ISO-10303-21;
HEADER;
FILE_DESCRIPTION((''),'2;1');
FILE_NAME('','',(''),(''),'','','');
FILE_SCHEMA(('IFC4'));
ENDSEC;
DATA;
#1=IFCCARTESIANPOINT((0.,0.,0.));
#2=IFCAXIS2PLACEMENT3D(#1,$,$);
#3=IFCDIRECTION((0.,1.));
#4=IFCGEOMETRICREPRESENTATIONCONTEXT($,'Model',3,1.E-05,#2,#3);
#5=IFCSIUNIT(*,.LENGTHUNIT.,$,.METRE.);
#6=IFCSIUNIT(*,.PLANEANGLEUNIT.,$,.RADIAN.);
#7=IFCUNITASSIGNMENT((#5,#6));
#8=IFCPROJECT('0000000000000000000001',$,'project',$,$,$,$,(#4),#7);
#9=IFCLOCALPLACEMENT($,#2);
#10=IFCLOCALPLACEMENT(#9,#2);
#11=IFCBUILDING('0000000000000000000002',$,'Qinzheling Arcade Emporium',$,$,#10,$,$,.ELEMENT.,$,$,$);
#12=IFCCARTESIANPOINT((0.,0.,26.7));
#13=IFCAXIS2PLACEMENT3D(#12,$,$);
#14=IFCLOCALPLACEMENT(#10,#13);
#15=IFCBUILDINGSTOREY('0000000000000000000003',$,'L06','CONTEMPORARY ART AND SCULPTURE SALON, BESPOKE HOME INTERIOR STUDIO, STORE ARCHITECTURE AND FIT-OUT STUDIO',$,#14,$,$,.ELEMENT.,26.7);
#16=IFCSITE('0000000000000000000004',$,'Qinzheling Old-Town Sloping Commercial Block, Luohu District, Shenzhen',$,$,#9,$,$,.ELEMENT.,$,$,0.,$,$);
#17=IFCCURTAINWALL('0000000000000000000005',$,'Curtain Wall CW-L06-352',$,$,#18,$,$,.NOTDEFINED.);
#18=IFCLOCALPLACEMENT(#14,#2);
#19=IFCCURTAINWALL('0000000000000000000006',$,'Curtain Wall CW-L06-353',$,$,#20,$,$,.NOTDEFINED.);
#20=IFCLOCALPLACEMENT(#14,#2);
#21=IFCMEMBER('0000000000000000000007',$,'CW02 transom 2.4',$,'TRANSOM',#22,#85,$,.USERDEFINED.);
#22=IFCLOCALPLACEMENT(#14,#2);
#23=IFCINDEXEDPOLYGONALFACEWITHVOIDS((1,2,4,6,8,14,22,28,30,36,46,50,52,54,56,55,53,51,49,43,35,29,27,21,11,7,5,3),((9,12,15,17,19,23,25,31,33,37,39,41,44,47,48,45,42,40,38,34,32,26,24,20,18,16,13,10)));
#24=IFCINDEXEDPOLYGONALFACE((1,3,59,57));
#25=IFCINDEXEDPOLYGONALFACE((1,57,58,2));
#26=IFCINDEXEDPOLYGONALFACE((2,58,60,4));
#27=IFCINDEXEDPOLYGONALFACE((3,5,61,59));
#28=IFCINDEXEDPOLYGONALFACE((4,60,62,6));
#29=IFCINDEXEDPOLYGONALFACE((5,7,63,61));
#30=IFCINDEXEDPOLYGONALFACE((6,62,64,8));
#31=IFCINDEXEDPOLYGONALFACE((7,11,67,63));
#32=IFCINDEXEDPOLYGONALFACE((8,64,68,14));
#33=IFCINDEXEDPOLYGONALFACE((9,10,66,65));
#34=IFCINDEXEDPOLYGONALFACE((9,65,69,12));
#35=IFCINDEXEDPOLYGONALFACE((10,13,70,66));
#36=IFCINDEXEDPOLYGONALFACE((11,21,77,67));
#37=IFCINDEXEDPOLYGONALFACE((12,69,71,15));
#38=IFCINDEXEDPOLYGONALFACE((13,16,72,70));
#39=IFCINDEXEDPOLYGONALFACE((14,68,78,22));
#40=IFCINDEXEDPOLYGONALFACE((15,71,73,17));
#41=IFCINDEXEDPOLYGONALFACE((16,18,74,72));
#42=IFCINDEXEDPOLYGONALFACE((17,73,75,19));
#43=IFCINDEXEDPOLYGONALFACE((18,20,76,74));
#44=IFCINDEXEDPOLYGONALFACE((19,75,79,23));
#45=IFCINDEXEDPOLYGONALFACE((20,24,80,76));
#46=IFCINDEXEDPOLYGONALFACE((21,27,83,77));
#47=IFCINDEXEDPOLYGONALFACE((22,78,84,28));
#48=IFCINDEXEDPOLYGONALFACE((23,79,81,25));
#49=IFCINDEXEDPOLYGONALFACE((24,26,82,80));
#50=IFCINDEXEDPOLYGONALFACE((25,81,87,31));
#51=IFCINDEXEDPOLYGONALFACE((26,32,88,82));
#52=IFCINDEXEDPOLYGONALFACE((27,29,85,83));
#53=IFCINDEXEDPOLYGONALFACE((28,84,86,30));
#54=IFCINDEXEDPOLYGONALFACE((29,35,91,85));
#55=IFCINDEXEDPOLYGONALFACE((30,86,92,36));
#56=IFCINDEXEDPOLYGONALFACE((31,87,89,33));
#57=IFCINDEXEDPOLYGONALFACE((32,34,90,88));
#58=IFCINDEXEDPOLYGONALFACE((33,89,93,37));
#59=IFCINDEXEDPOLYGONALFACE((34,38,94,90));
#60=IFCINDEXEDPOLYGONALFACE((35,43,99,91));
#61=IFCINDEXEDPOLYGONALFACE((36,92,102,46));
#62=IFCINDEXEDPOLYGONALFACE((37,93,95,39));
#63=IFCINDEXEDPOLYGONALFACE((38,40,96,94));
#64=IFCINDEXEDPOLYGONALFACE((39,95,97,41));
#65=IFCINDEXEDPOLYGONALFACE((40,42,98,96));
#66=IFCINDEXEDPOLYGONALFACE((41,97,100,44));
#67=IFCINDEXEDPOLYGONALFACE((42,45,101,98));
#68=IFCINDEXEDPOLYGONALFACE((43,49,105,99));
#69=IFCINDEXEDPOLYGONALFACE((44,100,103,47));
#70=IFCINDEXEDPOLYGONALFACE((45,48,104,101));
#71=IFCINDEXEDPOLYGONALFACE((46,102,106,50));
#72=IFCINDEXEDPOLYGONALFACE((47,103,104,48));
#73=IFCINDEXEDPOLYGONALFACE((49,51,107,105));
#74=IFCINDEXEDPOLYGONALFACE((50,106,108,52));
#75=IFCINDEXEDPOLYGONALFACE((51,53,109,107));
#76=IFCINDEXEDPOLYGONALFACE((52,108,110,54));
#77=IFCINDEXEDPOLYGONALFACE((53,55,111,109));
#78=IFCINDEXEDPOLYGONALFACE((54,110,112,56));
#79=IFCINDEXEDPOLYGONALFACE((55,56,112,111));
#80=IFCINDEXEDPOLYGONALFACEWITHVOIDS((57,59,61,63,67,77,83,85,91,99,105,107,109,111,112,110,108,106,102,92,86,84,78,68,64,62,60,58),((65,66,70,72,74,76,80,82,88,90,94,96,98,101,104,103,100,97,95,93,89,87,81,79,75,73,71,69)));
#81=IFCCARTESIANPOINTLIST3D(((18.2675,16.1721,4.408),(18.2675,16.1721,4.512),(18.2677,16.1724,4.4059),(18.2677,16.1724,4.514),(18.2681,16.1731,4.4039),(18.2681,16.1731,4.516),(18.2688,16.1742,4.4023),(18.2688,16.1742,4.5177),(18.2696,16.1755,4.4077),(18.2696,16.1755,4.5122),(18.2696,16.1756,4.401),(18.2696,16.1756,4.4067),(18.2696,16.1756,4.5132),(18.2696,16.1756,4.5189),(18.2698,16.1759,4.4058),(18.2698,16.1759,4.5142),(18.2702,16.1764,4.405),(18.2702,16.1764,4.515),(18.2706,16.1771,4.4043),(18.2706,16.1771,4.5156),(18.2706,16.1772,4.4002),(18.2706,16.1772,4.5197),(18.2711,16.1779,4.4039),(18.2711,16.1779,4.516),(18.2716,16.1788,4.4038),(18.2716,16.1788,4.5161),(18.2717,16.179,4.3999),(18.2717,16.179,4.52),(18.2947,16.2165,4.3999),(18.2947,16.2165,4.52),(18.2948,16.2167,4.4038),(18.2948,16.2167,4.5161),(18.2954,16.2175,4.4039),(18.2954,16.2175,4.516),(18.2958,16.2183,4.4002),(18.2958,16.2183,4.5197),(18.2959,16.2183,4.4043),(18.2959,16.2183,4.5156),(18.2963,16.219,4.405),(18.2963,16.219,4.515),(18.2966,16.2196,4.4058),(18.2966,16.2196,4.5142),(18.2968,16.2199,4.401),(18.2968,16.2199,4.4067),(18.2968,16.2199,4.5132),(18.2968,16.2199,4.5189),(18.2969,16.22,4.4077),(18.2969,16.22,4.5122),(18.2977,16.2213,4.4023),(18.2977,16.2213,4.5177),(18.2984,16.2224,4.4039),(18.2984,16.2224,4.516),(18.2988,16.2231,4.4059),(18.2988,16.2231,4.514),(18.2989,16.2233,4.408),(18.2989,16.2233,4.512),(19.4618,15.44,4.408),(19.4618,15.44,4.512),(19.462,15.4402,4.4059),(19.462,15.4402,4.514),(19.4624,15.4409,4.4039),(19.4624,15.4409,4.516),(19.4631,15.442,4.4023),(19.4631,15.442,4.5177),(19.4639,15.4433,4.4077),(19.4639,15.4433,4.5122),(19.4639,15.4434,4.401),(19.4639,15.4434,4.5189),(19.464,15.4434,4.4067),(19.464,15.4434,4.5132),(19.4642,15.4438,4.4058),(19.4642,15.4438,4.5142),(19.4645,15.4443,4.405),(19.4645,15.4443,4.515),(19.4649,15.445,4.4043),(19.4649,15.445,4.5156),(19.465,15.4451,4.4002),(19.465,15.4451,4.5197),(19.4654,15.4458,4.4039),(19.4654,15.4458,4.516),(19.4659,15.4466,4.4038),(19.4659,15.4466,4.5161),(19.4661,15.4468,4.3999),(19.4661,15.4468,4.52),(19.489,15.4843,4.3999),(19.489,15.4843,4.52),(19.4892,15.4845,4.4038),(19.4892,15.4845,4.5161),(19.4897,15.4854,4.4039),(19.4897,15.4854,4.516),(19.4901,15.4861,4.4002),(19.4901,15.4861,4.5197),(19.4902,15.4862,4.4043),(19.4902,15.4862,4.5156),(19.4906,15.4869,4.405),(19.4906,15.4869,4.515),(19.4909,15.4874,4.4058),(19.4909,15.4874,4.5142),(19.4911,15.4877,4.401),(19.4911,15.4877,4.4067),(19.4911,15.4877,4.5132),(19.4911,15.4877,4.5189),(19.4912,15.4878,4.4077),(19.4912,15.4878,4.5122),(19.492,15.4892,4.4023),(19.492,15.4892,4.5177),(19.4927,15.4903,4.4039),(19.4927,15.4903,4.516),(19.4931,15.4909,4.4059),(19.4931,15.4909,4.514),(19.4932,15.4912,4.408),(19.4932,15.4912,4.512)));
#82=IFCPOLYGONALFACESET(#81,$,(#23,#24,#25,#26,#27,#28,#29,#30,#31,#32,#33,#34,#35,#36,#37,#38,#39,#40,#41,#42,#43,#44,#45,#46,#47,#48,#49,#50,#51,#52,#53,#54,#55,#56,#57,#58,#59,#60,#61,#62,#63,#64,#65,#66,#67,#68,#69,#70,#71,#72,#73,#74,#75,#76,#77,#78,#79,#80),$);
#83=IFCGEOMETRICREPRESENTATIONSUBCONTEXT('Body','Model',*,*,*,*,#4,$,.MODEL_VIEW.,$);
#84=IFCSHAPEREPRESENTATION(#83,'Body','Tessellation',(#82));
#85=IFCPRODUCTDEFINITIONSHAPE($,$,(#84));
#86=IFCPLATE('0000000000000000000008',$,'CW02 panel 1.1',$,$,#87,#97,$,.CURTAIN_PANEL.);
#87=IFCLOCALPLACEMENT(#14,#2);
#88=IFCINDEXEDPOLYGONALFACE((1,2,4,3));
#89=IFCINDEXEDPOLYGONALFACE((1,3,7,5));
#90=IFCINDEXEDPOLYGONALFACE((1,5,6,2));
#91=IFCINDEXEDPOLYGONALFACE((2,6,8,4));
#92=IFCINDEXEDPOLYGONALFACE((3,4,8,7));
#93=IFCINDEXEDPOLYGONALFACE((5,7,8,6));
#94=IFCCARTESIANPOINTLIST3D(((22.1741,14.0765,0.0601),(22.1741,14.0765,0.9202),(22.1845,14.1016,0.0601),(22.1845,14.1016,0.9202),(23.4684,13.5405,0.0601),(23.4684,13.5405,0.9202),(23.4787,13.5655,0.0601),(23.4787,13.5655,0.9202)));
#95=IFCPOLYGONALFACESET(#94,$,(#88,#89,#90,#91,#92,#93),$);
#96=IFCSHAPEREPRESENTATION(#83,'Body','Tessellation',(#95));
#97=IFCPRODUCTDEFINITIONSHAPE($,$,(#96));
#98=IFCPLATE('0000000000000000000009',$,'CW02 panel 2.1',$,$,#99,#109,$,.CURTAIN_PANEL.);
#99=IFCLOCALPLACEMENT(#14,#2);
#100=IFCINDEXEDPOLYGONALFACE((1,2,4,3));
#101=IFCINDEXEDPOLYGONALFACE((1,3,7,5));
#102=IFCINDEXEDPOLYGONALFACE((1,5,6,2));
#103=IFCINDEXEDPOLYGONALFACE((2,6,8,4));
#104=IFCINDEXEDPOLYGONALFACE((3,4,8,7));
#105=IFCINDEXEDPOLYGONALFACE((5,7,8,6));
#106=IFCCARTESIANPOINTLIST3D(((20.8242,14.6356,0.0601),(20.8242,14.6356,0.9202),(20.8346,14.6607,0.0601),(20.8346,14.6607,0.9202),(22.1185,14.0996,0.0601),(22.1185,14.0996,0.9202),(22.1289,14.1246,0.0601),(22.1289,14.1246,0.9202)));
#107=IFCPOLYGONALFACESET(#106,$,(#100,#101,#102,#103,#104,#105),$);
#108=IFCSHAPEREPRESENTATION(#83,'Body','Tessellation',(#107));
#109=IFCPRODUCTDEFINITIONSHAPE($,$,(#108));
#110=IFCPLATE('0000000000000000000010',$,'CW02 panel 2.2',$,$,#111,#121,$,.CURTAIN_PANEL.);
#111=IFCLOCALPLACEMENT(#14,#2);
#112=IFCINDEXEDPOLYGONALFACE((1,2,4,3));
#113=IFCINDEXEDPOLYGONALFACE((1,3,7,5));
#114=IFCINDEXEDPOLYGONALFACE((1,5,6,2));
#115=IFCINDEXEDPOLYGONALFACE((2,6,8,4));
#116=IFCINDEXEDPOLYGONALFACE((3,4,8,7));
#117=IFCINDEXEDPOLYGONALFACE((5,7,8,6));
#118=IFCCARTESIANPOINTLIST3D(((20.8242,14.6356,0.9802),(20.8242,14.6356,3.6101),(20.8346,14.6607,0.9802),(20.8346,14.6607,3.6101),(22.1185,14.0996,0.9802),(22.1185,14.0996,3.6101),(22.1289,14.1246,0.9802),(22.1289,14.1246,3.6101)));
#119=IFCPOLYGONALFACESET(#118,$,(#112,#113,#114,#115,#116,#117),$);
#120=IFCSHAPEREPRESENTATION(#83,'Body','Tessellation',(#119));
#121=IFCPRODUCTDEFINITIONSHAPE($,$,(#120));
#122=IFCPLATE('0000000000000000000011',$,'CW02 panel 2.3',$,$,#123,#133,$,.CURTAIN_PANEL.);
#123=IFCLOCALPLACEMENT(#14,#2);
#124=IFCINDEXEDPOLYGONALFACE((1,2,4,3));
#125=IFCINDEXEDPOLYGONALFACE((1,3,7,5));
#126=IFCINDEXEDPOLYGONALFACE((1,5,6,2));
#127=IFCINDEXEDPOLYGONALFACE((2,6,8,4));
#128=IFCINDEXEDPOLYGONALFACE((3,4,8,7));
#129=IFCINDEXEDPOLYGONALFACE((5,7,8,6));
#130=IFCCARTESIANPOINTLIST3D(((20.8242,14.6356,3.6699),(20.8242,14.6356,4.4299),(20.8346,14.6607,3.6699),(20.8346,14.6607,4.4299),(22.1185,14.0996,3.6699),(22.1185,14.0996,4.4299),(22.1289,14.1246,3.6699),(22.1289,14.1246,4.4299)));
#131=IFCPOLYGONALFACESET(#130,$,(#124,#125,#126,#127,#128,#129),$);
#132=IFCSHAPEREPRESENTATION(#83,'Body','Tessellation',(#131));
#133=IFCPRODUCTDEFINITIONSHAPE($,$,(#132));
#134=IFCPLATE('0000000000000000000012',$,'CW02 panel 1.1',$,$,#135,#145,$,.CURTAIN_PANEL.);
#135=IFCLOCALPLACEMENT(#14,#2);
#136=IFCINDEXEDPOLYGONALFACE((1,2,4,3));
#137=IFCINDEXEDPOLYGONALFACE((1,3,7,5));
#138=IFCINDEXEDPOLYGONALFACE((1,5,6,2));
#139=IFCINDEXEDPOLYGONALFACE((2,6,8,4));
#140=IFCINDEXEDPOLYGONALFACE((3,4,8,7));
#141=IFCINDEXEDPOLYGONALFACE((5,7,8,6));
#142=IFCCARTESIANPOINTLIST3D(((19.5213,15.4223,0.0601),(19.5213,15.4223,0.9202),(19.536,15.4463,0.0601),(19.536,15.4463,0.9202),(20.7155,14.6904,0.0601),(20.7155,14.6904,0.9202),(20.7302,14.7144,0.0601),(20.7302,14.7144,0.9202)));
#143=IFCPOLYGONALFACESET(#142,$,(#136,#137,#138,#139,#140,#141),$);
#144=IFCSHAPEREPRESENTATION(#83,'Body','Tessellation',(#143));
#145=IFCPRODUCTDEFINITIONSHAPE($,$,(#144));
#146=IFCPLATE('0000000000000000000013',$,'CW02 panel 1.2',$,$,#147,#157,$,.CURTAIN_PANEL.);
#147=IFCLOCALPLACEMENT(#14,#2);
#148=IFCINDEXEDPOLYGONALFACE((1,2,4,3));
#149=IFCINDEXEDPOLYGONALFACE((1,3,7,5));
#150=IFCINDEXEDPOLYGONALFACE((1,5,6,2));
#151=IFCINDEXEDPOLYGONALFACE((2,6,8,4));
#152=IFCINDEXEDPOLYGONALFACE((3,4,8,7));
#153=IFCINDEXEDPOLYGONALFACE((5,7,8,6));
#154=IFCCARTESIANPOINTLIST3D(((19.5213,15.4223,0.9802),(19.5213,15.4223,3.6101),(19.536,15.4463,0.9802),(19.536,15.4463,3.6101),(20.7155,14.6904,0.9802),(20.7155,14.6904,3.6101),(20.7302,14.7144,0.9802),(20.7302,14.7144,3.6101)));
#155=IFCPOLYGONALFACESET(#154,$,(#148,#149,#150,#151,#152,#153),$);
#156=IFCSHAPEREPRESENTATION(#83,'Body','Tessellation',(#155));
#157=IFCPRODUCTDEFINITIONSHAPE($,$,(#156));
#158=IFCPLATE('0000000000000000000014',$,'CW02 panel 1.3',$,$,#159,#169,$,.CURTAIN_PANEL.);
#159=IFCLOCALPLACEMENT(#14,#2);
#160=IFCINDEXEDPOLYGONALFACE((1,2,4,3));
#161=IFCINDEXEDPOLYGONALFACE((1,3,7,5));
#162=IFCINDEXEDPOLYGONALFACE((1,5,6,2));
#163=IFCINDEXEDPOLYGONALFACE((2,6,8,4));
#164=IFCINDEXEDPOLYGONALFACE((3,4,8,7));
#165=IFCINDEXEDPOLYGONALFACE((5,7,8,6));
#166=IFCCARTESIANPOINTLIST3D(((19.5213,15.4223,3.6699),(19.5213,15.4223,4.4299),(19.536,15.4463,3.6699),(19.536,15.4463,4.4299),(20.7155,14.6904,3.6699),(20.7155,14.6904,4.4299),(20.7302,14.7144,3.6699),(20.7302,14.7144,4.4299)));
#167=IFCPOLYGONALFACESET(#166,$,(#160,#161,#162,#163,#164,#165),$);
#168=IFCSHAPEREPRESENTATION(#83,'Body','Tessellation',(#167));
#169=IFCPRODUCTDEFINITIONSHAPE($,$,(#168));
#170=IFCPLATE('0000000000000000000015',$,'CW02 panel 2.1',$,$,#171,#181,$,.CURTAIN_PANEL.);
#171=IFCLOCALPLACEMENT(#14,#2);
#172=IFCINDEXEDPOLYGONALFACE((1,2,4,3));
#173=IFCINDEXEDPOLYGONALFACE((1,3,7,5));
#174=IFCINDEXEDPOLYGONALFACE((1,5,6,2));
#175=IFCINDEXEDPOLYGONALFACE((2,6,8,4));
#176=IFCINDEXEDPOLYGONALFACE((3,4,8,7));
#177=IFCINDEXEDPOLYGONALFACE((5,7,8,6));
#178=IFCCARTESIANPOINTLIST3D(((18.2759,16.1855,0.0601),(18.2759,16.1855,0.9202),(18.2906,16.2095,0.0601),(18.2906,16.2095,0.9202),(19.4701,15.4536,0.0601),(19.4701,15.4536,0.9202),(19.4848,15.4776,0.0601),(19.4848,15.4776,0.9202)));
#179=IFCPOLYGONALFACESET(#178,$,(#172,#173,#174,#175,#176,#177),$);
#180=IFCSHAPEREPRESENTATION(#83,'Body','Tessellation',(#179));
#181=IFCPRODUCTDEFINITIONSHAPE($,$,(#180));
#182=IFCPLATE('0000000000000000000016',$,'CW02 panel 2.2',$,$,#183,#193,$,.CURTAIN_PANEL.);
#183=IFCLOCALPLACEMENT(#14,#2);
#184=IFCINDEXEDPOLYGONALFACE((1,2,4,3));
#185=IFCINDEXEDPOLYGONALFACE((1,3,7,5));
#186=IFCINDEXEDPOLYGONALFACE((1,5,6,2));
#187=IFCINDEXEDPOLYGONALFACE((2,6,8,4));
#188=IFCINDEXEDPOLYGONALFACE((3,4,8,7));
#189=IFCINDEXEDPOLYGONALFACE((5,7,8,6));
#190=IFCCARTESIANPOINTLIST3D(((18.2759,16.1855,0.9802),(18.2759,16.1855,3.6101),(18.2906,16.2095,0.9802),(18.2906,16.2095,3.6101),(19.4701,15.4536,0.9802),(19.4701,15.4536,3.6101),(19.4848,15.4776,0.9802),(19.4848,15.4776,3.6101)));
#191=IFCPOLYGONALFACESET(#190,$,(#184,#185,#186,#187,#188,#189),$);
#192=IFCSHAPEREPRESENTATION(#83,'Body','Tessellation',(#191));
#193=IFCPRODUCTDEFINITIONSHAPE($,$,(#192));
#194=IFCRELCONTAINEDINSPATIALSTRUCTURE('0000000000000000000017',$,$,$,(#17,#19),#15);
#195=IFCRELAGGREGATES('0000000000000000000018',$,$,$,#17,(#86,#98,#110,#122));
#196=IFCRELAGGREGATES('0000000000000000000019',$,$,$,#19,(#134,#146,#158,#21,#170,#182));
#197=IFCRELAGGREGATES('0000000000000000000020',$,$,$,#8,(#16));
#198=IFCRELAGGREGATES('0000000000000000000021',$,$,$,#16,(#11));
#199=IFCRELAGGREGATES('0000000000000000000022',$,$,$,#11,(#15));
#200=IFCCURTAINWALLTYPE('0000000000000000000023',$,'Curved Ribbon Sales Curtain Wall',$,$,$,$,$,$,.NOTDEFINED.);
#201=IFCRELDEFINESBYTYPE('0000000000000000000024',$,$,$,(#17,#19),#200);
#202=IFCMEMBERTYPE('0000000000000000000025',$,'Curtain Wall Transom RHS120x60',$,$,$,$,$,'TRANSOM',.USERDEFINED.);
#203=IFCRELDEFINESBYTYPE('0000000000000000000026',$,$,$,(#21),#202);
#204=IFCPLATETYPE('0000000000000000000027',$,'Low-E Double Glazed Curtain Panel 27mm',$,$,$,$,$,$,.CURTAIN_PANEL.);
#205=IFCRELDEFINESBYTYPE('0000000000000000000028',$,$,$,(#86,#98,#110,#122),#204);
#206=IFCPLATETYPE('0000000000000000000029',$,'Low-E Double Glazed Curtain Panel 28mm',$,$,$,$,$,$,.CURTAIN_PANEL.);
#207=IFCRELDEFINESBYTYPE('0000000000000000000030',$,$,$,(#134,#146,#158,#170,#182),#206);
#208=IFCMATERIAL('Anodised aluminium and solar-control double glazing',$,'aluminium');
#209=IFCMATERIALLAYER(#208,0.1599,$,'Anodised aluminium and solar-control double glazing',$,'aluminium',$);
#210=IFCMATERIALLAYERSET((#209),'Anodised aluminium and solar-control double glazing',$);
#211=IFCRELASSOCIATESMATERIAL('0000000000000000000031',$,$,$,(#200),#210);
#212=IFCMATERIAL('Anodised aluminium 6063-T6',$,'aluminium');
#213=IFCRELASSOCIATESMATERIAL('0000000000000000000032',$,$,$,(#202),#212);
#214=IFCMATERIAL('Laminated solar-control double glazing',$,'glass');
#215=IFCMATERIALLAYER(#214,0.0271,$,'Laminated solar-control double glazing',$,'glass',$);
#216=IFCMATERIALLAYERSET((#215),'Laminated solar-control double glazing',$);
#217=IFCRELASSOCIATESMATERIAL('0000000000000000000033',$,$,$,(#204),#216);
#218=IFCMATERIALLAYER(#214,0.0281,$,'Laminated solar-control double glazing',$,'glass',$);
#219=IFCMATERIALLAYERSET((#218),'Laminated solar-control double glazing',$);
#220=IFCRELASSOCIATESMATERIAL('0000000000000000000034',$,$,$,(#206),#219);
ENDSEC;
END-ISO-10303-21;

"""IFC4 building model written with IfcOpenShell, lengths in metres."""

from ifc_helpers import new_model, si_unit, direction, frame, origin, origin_2d, place, context, subcontext, project, spatial, rectangle, hollow_rectangle, extrude, material, layer, layer_set, material_profile, profile_set, type_object, element, aggregate, save


model = new_model("IFC4")

# Units and contexts
model_context = context("Model", 3, precision=1e-05, world=origin(), true_north=direction((0.0, 1.0)))
body_context = subcontext(model_context, "Body", "Model", "MODEL_VIEW")
ifc_project = project(units=[si_unit("LENGTHUNIT", "METRE"), si_unit("PLANEANGLEUNIT", "RADIAN")], contexts=[model_context])

# Site, building, storey
site_placement = place(None, origin())
site = spatial("IfcSite", under=ifc_project, at=site_placement, Name="Qinzheling Old-Town Sloping Commercial Block, Luohu District, Shenzhen", CompositionType="ELEMENT", RefElevation=0.0)
building_placement = place(site_placement, origin())
building = spatial("IfcBuilding", under=site, at=building_placement, Name="Qinzheling Arcade Emporium", CompositionType="ELEMENT")
storey_placement = place(building_placement, frame((0.0, 0.0, 26.7)))
storey = spatial("IfcBuildingStorey", under=building, at=storey_placement, Name="L06", Description="CONTEMPORARY ART AND SCULPTURE SALON, BESPOKE HOME INTERIOR STUDIO, STORE ARCHITECTURE AND FIT-OUT STUDIO", CompositionType="ELEMENT", Elevation=26.7)

# Curtain walls
ifc_material_1 = material(Name="Anodised aluminium and solar-control double glazing", Category="aluminium")
ifc_layer_1 = layer(ifc_material_1, 0.1599, Name="Anodised aluminium and solar-control double glazing", Category="aluminium")
ifc_layer_set_1 = layer_set([ifc_layer_1], Name="Anodised aluminium and solar-control double glazing")
curtain_wall_type = type_object("IfcCurtainWallType", Name="Curved Ribbon Sales Curtain Wall", PredefinedType="NOTDEFINED", material=ifc_layer_set_1)
curtain_wall_1_placement = place(storey_placement, origin())
curtain_wall_1 = element("IfcCurtainWall", 1, at=curtain_wall_1_placement, inside=storey, type_object=curtain_wall_type, Name="Curtain Wall CW-L06-352", PredefinedType="NOTDEFINED")
ifc_material_2 = material(Name="Anodised aluminium 6063-T6", Category="aluminium")
curtain_wall_2_placement = place(storey_placement, origin())
curtain_wall_2 = element("IfcCurtainWall", 2, at=curtain_wall_2_placement, inside=storey, type_object=curtain_wall_type, Name="Curtain Wall CW-L06-353", PredefinedType="NOTDEFINED")

# Member
ifc_material_profile_1 = material_profile(ifc_material_2, hollow_rectangle(XDim=0.0601, YDim=0.1201, WallThickness=0.0039, InnerFilletRadius=0.0039, OuterFilletRadius=0.0081, at=origin_2d()), Name="RHS 120x60x4", Category="aluminium")
ifc_profile_set_1 = profile_set([ifc_material_profile_1], Name="Anodised aluminium 6063-T6")
member_type_1 = type_object("IfcMemberType", Name="Curtain Wall Transom RHS120x60", ElementType="TRANSOM", PredefinedType="USERDEFINED", material=ifc_profile_set_1)
member_1_placement = place(storey_placement, frame((19.4775, 15.4656, 4.46), z_axis=(-0.852549, 0.522648, 0.0), x_axis=(-0.522648, -0.852549, 0.0)))
member_1 = element("IfcMember", 3, at=member_1_placement, type_object=member_type_1, Name="CW02 transom 2.4", ObjectType="TRANSOM", PredefinedType="USERDEFINED", context=body_context, shape_type="SweptSolid", body=[
    extrude(hollow_rectangle(XDim=0.0601, YDim=0.1201, WallThickness=0.0039, InnerFilletRadius=0.0039, OuterFilletRadius=0.0081, at=origin_2d()), origin(), (0.0, 0.0, 1.0), 1.4009),
])

# Plates
ifc_material_3 = material(Name="Laminated solar-control double glazing", Category="glass")
ifc_layer_2 = layer(ifc_material_3, 0.0271, Name="Laminated solar-control double glazing", Category="glass")
ifc_layer_set_2 = layer_set([ifc_layer_2], Name="Laminated solar-control double glazing")
plate_type_1 = type_object("IfcPlateType", Name="Low-E Double Glazed Curtain Panel 27mm", PredefinedType="CURTAIN_PANEL", material=ifc_layer_set_2)
plate_1_placement = place(storey_placement, frame((22.8264, 13.821, 0.0601), z_axis=(0.0, 0.0, 1.0), x_axis=(-0.923898, 0.382638, 0.0)))
plate_1 = element("IfcPlate", 4, at=plate_1_placement, type_object=plate_type_1, Name="CW02 panel 1.1", PredefinedType="CURTAIN_PANEL", context=body_context, shape_type="SweptSolid", body=[
    extrude(rectangle(XDim=1.4009, YDim=0.0271, at=origin_2d()), origin(), (0.0, 0.0, 1.0), 0.8601),
])
plate_2_placement = place(storey_placement, frame((21.4766, 14.3801, 0.0601), z_axis=(0.0, 0.0, 1.0), x_axis=(-0.923898, 0.382638, 0.0)))
plate_2 = element("IfcPlate", 5, at=plate_2_placement, type_object=plate_type_1, Name="CW02 panel 2.1", PredefinedType="CURTAIN_PANEL", context=body_context, shape_type="SweptSolid", body=[
    extrude(rectangle(XDim=1.4009, YDim=0.0271, at=origin_2d()), origin(), (0.0, 0.0, 1.0), 0.8601),
])
plate_3_placement = place(storey_placement, frame((21.4766, 14.3801, 0.9802), z_axis=(0.0, 0.0, 1.0), x_axis=(-0.923898, 0.382638, 0.0)))
plate_3 = element("IfcPlate", 6, at=plate_3_placement, type_object=plate_type_1, Name="CW02 panel 2.2", PredefinedType="CURTAIN_PANEL", context=body_context, shape_type="SweptSolid", body=[
    extrude(rectangle(XDim=1.4009, YDim=0.0271, at=origin_2d()), origin(), (0.0, 0.0, 1.0), 2.6299),
])
plate_4_placement = place(storey_placement, frame((21.4766, 14.3801, 3.6699), z_axis=(0.0, 0.0, 1.0), x_axis=(-0.923898, 0.382638, 0.0)))
plate_4 = element("IfcPlate", 7, at=plate_4_placement, type_object=plate_type_1, Name="CW02 panel 2.3", PredefinedType="CURTAIN_PANEL", context=body_context, shape_type="SweptSolid", body=[
    extrude(rectangle(XDim=1.4009, YDim=0.0271, at=origin_2d()), origin(), (0.0, 0.0, 1.0), 0.76),
])
aggregate(curtain_wall_1, [plate_1, plate_2, plate_3, plate_4])
ifc_layer_3 = layer(ifc_material_3, 0.0281, Name="Laminated solar-control double glazing", Category="glass")
ifc_layer_set_3 = layer_set([ifc_layer_3], Name="Laminated solar-control double glazing")
plate_type_2 = type_object("IfcPlateType", Name="Low-E Double Glazed Curtain Panel 28mm", PredefinedType="CURTAIN_PANEL", material=ifc_layer_set_3)
plate_5_placement = place(storey_placement, frame((20.1257, 15.0684, 0.0601), z_axis=(0.0, 0.0, 1.0), x_axis=(-0.852601, 0.522562, 0.0)))
plate_5 = element("IfcPlate", 8, at=plate_5_placement, type_object=plate_type_2, Name="CW02 panel 1.1", PredefinedType="CURTAIN_PANEL", context=body_context, shape_type="SweptSolid", body=[
    extrude(rectangle(XDim=1.4006, YDim=0.0281, at=origin_2d()), origin(), (0.0, 0.0, 1.0), 0.8601),
])
plate_6_placement = place(storey_placement, frame((20.1257, 15.0684, 0.9802), z_axis=(0.0, 0.0, 1.0), x_axis=(-0.852601, 0.522562, 0.0)))
plate_6 = element("IfcPlate", 9, at=plate_6_placement, type_object=plate_type_2, Name="CW02 panel 1.2", PredefinedType="CURTAIN_PANEL", context=body_context, shape_type="SweptSolid", body=[
    extrude(rectangle(XDim=1.4006, YDim=0.0281, at=origin_2d()), origin(), (0.0, 0.0, 1.0), 2.6299),
])
plate_7_placement = place(storey_placement, frame((20.1257, 15.0684, 3.6699), z_axis=(0.0, 0.0, 1.0), x_axis=(-0.852601, 0.522562, 0.0)))
plate_7 = element("IfcPlate", 10, at=plate_7_placement, type_object=plate_type_2, Name="CW02 panel 1.3", PredefinedType="CURTAIN_PANEL", context=body_context, shape_type="SweptSolid", body=[
    extrude(rectangle(XDim=1.4006, YDim=0.0281, at=origin_2d()), origin(), (0.0, 0.0, 1.0), 0.76),
])
plate_8_placement = place(storey_placement, frame((18.8804, 15.8315, 0.0601), z_axis=(0.0, 0.0, 1.0), x_axis=(-0.852601, 0.522562, 0.0)))
plate_8 = element("IfcPlate", 11, at=plate_8_placement, type_object=plate_type_2, Name="CW02 panel 2.1", PredefinedType="CURTAIN_PANEL", context=body_context, shape_type="SweptSolid", body=[
    extrude(rectangle(XDim=1.4006, YDim=0.0281, at=origin_2d()), origin(), (0.0, 0.0, 1.0), 0.8601),
])
plate_9_placement = place(storey_placement, frame((18.8804, 15.8315, 0.9802), z_axis=(0.0, 0.0, 1.0), x_axis=(-0.852601, 0.522562, 0.0)))
plate_9 = element("IfcPlate", 12, at=plate_9_placement, type_object=plate_type_2, Name="CW02 panel 2.2", PredefinedType="CURTAIN_PANEL", context=body_context, shape_type="SweptSolid", body=[
    extrude(rectangle(XDim=1.4006, YDim=0.0281, at=origin_2d()), origin(), (0.0, 0.0, 1.0), 2.6299),
])
aggregate(curtain_wall_2, [plate_5, plate_6, plate_7, member_1, plate_8, plate_9])

save(model, "model.ifc")
